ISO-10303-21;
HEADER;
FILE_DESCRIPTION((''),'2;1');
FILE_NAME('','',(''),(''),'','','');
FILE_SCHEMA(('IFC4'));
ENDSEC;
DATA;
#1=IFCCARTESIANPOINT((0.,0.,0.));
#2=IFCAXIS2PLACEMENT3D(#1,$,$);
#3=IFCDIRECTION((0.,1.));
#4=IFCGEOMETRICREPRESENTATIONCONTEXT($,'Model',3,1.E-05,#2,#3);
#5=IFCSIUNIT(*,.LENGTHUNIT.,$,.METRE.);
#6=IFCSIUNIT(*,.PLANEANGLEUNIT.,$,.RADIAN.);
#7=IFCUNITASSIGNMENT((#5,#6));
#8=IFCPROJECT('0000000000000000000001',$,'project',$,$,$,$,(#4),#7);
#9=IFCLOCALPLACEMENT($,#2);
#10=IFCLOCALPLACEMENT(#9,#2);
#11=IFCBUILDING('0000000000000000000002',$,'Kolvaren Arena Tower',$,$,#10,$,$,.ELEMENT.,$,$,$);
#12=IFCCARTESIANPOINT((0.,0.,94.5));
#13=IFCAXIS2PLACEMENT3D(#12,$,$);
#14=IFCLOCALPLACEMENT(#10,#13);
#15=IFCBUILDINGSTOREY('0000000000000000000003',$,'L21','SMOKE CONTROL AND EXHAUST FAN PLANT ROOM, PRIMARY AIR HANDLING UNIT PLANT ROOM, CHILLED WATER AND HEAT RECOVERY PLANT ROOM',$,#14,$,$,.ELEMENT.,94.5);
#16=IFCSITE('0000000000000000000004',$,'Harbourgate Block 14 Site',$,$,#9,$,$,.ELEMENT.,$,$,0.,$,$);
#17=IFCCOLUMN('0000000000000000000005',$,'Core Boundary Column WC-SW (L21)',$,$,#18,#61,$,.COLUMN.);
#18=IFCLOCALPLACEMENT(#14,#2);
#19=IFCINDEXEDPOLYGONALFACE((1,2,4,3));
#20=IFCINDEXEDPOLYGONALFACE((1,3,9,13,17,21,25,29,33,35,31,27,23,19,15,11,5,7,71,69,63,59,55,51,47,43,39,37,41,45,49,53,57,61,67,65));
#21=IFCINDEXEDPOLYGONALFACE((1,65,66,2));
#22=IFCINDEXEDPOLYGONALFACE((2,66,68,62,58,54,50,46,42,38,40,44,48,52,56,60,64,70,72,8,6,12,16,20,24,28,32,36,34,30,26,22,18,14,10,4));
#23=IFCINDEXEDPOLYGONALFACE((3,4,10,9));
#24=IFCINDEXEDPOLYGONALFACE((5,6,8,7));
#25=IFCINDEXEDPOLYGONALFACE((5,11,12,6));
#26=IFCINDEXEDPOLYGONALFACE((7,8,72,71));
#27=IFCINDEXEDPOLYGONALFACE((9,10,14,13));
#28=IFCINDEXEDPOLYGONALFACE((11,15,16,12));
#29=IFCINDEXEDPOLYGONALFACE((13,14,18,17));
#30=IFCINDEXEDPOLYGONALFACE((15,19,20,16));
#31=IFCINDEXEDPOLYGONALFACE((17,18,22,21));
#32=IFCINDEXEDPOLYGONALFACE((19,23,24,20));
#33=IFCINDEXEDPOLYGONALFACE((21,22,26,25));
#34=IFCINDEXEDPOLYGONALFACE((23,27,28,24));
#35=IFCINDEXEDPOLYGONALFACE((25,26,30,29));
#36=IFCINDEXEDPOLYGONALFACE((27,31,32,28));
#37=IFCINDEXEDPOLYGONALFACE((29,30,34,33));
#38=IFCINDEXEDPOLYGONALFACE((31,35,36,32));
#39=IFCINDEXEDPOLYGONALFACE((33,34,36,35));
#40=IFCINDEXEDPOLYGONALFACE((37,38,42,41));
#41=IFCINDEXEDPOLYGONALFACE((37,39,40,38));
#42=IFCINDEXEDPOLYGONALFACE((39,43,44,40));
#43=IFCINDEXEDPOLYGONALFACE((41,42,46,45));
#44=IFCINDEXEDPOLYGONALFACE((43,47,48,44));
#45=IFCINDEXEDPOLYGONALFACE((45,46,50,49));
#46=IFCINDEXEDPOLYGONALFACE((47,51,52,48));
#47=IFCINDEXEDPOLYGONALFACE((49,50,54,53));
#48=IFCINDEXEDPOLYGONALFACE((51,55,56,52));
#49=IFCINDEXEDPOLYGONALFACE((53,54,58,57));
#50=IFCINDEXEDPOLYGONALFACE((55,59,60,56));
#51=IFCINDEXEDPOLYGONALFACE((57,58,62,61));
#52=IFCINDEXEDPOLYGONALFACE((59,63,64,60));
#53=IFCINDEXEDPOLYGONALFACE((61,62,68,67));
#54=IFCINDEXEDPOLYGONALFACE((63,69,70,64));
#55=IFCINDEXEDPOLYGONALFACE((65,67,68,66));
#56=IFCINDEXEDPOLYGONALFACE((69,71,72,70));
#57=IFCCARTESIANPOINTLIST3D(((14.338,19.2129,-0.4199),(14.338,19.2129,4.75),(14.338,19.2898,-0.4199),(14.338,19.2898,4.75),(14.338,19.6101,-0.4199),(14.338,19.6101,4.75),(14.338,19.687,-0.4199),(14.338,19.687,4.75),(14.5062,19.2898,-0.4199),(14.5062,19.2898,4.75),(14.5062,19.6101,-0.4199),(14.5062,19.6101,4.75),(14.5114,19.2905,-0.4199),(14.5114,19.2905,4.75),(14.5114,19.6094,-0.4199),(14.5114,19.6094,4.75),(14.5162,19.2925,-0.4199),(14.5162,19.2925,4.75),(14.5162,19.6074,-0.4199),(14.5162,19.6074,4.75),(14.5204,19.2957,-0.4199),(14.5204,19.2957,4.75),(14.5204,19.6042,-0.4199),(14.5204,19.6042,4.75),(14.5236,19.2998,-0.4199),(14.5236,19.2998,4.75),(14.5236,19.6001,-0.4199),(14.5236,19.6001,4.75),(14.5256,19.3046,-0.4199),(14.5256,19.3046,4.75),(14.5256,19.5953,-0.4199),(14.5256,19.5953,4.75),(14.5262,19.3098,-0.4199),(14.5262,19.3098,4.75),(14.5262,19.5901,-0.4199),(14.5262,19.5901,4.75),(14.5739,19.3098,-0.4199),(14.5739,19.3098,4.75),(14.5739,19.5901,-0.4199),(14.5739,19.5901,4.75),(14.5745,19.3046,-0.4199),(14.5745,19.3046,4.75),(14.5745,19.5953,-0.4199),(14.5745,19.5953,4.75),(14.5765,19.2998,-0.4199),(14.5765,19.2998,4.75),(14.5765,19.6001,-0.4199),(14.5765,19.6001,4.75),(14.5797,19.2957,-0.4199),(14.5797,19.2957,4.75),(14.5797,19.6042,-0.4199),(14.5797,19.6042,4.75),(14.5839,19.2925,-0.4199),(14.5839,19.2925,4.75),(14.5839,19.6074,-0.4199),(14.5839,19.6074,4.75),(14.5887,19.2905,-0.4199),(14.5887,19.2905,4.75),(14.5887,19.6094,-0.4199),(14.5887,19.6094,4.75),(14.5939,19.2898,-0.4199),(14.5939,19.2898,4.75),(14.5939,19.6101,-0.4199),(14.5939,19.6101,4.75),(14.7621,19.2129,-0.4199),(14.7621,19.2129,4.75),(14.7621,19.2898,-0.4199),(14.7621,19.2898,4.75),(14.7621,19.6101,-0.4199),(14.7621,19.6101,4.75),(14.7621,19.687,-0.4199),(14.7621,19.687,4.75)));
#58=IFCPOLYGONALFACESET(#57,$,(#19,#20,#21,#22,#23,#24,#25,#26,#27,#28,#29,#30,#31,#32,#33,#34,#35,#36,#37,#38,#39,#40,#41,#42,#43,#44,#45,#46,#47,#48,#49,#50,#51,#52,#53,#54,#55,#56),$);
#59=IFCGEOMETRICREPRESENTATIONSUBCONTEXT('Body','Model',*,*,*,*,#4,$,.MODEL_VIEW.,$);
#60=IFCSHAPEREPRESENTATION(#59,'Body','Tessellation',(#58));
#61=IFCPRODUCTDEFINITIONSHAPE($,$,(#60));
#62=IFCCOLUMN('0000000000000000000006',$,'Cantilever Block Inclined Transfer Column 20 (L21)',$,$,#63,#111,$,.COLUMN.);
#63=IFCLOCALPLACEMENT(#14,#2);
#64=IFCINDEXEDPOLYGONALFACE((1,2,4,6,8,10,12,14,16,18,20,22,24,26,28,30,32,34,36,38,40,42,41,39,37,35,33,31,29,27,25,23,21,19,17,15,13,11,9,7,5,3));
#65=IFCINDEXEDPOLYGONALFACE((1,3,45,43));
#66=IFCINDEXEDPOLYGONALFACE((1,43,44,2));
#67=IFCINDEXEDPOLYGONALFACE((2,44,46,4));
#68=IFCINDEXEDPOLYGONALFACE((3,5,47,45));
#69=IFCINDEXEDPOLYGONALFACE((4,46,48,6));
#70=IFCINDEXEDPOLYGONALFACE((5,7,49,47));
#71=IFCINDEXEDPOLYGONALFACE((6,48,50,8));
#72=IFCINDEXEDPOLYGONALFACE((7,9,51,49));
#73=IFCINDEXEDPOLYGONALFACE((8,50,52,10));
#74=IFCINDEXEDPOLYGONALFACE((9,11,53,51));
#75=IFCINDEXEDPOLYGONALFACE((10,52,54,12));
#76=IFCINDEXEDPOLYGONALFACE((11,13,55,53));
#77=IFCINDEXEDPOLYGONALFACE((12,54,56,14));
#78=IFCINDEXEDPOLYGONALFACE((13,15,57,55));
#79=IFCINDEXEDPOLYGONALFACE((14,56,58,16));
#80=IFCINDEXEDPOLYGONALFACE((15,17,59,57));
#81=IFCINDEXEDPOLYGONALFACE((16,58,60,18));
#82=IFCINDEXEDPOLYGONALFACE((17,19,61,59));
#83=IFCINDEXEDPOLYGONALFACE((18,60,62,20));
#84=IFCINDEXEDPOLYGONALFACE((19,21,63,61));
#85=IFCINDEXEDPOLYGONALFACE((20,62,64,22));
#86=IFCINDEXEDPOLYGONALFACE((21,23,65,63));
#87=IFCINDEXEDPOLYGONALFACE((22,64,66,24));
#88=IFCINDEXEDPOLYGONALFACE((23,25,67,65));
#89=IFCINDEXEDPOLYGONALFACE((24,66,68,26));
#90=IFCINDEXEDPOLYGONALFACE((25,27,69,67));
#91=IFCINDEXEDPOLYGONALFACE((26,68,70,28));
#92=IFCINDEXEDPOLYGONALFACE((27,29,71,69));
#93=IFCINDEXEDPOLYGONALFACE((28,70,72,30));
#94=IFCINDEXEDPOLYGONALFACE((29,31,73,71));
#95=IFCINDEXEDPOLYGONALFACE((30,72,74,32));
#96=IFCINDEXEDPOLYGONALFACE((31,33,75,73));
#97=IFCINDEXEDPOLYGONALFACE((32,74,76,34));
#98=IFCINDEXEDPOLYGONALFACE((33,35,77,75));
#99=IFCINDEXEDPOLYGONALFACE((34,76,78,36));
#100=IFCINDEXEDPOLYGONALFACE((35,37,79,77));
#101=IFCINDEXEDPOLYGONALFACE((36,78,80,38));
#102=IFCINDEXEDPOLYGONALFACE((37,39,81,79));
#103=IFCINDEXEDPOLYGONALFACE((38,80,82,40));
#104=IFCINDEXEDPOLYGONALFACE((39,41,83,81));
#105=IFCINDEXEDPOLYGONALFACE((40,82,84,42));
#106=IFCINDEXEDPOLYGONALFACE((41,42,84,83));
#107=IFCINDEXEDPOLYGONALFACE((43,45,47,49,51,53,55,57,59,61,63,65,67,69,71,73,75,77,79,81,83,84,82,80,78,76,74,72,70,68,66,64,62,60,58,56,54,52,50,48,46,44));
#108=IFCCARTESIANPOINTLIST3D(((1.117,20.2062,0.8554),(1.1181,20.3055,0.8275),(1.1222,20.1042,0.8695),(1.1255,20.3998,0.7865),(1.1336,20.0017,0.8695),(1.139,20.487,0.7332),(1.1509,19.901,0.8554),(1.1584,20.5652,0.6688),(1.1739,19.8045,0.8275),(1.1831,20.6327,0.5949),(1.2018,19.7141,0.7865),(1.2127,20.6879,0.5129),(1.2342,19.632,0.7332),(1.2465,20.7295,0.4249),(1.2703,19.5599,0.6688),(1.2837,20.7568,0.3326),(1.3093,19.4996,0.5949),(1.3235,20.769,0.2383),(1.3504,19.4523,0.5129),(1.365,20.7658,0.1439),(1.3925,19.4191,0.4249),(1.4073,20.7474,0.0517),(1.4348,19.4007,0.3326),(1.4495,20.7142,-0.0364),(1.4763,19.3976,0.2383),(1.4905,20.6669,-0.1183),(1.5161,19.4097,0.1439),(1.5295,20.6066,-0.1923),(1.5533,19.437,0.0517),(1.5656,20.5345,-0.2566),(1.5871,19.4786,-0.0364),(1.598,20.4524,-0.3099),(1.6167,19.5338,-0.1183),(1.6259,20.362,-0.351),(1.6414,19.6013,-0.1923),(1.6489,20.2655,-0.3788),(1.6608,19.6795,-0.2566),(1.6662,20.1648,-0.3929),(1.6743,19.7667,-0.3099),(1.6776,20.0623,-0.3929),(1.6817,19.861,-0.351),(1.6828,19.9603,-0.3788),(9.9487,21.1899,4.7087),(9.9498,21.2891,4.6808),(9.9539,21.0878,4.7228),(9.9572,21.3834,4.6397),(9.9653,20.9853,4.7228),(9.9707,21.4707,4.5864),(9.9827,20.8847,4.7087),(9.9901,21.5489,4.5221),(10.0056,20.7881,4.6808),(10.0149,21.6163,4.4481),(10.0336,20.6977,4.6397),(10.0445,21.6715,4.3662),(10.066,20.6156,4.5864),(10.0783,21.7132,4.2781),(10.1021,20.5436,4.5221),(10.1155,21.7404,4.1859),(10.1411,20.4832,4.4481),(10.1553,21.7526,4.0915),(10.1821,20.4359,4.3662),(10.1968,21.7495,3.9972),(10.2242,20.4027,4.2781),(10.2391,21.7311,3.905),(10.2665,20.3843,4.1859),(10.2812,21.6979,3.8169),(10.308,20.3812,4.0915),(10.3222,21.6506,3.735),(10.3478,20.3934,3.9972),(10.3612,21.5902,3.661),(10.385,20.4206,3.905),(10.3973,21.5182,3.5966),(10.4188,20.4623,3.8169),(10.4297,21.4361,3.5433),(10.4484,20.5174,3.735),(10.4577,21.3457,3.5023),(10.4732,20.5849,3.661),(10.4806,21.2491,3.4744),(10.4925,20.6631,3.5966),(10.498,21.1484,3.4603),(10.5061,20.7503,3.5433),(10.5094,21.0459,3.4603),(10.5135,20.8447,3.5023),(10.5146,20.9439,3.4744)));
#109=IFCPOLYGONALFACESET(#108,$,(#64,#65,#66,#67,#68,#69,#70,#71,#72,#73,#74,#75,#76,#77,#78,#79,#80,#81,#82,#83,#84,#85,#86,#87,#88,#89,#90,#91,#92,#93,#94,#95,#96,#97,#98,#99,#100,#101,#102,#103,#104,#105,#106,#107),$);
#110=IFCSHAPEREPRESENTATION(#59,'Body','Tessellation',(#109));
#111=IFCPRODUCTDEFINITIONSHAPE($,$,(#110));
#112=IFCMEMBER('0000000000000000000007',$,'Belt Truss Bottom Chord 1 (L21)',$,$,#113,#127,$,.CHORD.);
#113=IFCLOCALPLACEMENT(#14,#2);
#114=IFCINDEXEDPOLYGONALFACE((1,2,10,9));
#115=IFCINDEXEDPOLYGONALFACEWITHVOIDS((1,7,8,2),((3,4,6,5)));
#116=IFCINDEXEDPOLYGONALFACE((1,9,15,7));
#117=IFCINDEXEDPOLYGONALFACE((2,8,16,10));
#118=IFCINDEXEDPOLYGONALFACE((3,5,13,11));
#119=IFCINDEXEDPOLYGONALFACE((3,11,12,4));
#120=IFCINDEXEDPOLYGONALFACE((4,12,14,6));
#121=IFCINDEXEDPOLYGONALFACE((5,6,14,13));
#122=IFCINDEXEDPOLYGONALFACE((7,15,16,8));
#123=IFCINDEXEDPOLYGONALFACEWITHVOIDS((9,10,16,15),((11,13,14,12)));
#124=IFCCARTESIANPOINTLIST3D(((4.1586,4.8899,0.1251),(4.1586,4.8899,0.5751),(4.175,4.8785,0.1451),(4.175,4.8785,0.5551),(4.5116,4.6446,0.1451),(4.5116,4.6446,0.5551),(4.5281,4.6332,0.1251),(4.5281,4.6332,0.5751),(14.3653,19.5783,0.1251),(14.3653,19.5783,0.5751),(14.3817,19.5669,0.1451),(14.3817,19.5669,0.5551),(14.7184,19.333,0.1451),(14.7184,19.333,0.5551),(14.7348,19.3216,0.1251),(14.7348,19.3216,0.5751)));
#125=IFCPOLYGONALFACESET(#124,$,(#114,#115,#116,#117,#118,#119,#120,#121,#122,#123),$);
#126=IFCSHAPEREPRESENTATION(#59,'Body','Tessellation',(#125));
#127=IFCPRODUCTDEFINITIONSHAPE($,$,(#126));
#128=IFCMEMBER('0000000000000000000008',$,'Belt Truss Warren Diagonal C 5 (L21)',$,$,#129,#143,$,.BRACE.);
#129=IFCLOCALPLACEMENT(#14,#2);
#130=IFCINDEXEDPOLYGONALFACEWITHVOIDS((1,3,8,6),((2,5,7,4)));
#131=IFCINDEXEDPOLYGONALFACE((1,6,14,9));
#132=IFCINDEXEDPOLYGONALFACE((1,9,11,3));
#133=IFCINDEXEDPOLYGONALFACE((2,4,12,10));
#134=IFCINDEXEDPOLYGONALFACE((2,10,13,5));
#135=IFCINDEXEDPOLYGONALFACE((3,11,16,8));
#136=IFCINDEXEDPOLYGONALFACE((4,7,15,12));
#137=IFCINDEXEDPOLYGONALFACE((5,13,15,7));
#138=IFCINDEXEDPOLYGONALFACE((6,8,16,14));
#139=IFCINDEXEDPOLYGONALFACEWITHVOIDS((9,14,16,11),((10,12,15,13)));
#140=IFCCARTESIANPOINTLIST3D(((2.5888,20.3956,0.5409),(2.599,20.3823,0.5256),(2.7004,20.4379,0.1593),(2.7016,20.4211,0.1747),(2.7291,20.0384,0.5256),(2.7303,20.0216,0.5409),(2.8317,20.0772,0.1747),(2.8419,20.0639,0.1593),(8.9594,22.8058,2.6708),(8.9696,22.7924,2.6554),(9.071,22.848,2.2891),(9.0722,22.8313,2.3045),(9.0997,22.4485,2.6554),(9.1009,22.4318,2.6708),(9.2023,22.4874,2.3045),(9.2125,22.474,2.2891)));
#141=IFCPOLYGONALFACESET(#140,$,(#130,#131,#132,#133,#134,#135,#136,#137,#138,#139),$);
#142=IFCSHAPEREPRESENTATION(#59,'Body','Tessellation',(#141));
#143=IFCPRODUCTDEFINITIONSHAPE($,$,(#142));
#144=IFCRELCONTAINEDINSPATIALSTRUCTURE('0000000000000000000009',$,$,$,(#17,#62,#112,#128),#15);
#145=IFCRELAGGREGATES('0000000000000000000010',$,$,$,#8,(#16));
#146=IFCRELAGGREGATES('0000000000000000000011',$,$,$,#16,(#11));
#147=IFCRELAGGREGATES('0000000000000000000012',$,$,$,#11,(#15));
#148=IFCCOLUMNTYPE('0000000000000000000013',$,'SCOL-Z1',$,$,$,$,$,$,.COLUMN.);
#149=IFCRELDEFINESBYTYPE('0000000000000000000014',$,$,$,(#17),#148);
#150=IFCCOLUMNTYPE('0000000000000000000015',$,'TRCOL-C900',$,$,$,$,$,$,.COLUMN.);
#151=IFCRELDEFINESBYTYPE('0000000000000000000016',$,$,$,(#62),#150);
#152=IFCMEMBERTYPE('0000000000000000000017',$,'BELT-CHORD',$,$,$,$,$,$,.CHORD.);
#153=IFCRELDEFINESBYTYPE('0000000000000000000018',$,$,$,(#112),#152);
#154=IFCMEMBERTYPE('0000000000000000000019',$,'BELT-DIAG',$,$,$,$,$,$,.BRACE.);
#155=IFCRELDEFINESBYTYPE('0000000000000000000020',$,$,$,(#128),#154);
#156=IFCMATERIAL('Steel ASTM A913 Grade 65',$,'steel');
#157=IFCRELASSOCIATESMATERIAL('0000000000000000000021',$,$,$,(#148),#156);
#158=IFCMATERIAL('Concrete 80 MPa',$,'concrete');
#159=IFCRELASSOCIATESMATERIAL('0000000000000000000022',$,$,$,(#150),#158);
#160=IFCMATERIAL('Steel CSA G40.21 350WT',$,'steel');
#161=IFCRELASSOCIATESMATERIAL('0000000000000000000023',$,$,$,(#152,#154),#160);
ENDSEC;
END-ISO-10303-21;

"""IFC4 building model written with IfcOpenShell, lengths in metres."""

from ifc_helpers import new_model, si_unit, direction, frame, origin, origin_2d, place, context, subcontext, project, spatial, hollow_rectangle, circle, i_section, extrude, material, material_profile, profile_set, type_object, element, save


model = new_model("IFC4")

# Units and contexts
model_context = context("Model", 3, precision=1e-05, world=origin(), true_north=direction((0.0, 1.0)))
body_context = subcontext(model_context, "Body", "Model", "MODEL_VIEW")
ifc_project = project(units=[si_unit("LENGTHUNIT", "METRE"), si_unit("PLANEANGLEUNIT", "RADIAN")], contexts=[model_context])

# Site, building, storey
site_placement = place(None, origin())
site = spatial("IfcSite", under=ifc_project, at=site_placement, Name="Harbourgate Block 14 Site", CompositionType="ELEMENT", RefElevation=0.0)
building_placement = place(site_placement, origin())
building = spatial("IfcBuilding", under=site, at=building_placement, Name="Kolvaren Arena Tower", CompositionType="ELEMENT")
storey_placement = place(building_placement, frame((0.0, 0.0, 94.5)))
storey = spatial("IfcBuildingStorey", under=building, at=storey_placement, Name="L21", Description="SMOKE CONTROL AND EXHAUST FAN PLANT ROOM, PRIMARY AIR HANDLING UNIT PLANT ROOM, CHILLED WATER AND HEAT RECOVERY PLANT ROOM", CompositionType="ELEMENT", Elevation=94.5)

# Columns
ifc_material_1 = material(Name="Steel ASTM A913 Grade 65", Category="steel")
ifc_material_profile_1 = material_profile(ifc_material_1, i_section(OverallWidth=0.4241, OverallDepth=0.4741, WebThickness=0.0476, FlangeThickness=0.0769, FilletRadius=0.02, at=origin_2d()), Name="W360x634")
ifc_profile_set_1 = profile_set([ifc_material_profile_1], Name="Steel ASTM A913 Grade 65")
column_type_1 = type_object("IfcColumnType", Name="SCOL-Z1", PredefinedType="COLUMN", material=ifc_profile_set_1)
column_1_placement = place(storey_placement, frame((14.55, 19.45, -0.4199), z_axis=(0.0, 0.0, 1.0), x_axis=(1.0, 0.0, 0.0)))
element("IfcColumn", 1, at=column_1_placement, inside=storey, type_object=column_type_1, Name="Core Boundary Column WC-SW (L21)", PredefinedType="COLUMN", context=body_context, shape_type="SweptSolid", body=[
    extrude(i_section(OverallWidth=0.4241, OverallDepth=0.4741, WebThickness=0.0476, FlangeThickness=0.0769, FilletRadius=0.02, at=origin_2d()), origin(), (0.0, 0.0, 1.0), 5.1699),
])
ifc_material_2 = material(Name="Concrete 80 MPa", Category="concrete")
ifc_material_profile_2 = material_profile(ifc_material_2, circle(Radius=0.6899, at=origin_2d()), Name="RC-CIRC-1380")
ifc_profile_set_2 = profile_set([ifc_material_profile_2], Name="Concrete 80 MPa")
column_type_2 = type_object("IfcColumnType", Name="TRCOL-C900", PredefinedType="COLUMN", material=ifc_profile_set_2)
column_2_placement = place(storey_placement, frame((1.3999, 20.0833, 0.2383), z_axis=(0.911824, 0.101555, 0.397825), x_axis=(-0.110691, 0.993855, 0.0)))
element("IfcColumn", 2, at=column_2_placement, inside=storey, type_object=column_type_2, Name="Cantilever Block Inclined Transfer Column 20 (L21)", PredefinedType="COLUMN", context=body_context, shape_type="SweptSolid", body=[
    extrude(circle(Radius=0.6899, at=origin_2d()), origin(), (0.0, 0.0, 1.0), 9.6858),
])

# Members
ifc_material_3 = material(Name="Steel CSA G40.21 350WT", Category="steel")
ifc_material_profile_3 = material_profile(ifc_material_3, hollow_rectangle(XDim=0.45, YDim=0.45, WallThickness=0.02, at=origin_2d()), Name="HSS 450x450x20")
ifc_profile_set_3 = profile_set([ifc_material_profile_3], Name="Steel CSA G40.21 350WT")
member_type_1 = type_object("IfcMemberType", Name="BELT-CHORD", PredefinedType="CHORD", material=ifc_profile_set_3)
member_1_placement = place(storey_placement, frame((14.55, 19.45, 0.3501), z_axis=(-0.570639, -0.821201, 0.0), x_axis=(0.821201, -0.570639, 0.0)))
element("IfcMember", 3, at=member_1_placement, inside=storey, type_object=member_type_1, Name="Belt Truss Bottom Chord 1 (L21)", PredefinedType="CHORD", context=body_context, shape_type="SweptSolid", body=[
    extrude(hollow_rectangle(XDim=0.45, YDim=0.45, WallThickness=0.02, at=origin_2d()), origin(), (0.0, 0.0, 1.0), 17.8865),
])
ifc_material_profile_4 = material_profile(ifc_material_3, hollow_rectangle(XDim=0.3999, YDim=0.3999, WallThickness=0.0161, at=origin_2d()), Name="HSS 400x400x16")
ifc_profile_set_4 = profile_set([ifc_material_profile_4], Name="Steel CSA G40.21 350WT")
member_type_2 = type_object("IfcMemberType", Name="BELT-DIAG", PredefinedType="BRACE", material=ifc_profile_set_4)
member_2_placement = place(storey_placement, frame((9.0859, 22.6399, 2.48), z_axis=(-0.892677, -0.337722, -0.298449), x_axis=(0.353848, -0.935303, 0.0)))
element("IfcMember", 4, at=member_2_placement, inside=storey, type_object=member_type_2, Name="Belt Truss Warren Diagonal C 5 (L21)", PredefinedType="BRACE", context=body_context, shape_type="SweptSolid", body=[
    extrude(hollow_rectangle(XDim=0.3999, YDim=0.3999, WallThickness=0.0161, at=origin_2d()), origin(), (0.0, 0.0, 1.0), 7.1365),
])

save(model, "model.ifc")
